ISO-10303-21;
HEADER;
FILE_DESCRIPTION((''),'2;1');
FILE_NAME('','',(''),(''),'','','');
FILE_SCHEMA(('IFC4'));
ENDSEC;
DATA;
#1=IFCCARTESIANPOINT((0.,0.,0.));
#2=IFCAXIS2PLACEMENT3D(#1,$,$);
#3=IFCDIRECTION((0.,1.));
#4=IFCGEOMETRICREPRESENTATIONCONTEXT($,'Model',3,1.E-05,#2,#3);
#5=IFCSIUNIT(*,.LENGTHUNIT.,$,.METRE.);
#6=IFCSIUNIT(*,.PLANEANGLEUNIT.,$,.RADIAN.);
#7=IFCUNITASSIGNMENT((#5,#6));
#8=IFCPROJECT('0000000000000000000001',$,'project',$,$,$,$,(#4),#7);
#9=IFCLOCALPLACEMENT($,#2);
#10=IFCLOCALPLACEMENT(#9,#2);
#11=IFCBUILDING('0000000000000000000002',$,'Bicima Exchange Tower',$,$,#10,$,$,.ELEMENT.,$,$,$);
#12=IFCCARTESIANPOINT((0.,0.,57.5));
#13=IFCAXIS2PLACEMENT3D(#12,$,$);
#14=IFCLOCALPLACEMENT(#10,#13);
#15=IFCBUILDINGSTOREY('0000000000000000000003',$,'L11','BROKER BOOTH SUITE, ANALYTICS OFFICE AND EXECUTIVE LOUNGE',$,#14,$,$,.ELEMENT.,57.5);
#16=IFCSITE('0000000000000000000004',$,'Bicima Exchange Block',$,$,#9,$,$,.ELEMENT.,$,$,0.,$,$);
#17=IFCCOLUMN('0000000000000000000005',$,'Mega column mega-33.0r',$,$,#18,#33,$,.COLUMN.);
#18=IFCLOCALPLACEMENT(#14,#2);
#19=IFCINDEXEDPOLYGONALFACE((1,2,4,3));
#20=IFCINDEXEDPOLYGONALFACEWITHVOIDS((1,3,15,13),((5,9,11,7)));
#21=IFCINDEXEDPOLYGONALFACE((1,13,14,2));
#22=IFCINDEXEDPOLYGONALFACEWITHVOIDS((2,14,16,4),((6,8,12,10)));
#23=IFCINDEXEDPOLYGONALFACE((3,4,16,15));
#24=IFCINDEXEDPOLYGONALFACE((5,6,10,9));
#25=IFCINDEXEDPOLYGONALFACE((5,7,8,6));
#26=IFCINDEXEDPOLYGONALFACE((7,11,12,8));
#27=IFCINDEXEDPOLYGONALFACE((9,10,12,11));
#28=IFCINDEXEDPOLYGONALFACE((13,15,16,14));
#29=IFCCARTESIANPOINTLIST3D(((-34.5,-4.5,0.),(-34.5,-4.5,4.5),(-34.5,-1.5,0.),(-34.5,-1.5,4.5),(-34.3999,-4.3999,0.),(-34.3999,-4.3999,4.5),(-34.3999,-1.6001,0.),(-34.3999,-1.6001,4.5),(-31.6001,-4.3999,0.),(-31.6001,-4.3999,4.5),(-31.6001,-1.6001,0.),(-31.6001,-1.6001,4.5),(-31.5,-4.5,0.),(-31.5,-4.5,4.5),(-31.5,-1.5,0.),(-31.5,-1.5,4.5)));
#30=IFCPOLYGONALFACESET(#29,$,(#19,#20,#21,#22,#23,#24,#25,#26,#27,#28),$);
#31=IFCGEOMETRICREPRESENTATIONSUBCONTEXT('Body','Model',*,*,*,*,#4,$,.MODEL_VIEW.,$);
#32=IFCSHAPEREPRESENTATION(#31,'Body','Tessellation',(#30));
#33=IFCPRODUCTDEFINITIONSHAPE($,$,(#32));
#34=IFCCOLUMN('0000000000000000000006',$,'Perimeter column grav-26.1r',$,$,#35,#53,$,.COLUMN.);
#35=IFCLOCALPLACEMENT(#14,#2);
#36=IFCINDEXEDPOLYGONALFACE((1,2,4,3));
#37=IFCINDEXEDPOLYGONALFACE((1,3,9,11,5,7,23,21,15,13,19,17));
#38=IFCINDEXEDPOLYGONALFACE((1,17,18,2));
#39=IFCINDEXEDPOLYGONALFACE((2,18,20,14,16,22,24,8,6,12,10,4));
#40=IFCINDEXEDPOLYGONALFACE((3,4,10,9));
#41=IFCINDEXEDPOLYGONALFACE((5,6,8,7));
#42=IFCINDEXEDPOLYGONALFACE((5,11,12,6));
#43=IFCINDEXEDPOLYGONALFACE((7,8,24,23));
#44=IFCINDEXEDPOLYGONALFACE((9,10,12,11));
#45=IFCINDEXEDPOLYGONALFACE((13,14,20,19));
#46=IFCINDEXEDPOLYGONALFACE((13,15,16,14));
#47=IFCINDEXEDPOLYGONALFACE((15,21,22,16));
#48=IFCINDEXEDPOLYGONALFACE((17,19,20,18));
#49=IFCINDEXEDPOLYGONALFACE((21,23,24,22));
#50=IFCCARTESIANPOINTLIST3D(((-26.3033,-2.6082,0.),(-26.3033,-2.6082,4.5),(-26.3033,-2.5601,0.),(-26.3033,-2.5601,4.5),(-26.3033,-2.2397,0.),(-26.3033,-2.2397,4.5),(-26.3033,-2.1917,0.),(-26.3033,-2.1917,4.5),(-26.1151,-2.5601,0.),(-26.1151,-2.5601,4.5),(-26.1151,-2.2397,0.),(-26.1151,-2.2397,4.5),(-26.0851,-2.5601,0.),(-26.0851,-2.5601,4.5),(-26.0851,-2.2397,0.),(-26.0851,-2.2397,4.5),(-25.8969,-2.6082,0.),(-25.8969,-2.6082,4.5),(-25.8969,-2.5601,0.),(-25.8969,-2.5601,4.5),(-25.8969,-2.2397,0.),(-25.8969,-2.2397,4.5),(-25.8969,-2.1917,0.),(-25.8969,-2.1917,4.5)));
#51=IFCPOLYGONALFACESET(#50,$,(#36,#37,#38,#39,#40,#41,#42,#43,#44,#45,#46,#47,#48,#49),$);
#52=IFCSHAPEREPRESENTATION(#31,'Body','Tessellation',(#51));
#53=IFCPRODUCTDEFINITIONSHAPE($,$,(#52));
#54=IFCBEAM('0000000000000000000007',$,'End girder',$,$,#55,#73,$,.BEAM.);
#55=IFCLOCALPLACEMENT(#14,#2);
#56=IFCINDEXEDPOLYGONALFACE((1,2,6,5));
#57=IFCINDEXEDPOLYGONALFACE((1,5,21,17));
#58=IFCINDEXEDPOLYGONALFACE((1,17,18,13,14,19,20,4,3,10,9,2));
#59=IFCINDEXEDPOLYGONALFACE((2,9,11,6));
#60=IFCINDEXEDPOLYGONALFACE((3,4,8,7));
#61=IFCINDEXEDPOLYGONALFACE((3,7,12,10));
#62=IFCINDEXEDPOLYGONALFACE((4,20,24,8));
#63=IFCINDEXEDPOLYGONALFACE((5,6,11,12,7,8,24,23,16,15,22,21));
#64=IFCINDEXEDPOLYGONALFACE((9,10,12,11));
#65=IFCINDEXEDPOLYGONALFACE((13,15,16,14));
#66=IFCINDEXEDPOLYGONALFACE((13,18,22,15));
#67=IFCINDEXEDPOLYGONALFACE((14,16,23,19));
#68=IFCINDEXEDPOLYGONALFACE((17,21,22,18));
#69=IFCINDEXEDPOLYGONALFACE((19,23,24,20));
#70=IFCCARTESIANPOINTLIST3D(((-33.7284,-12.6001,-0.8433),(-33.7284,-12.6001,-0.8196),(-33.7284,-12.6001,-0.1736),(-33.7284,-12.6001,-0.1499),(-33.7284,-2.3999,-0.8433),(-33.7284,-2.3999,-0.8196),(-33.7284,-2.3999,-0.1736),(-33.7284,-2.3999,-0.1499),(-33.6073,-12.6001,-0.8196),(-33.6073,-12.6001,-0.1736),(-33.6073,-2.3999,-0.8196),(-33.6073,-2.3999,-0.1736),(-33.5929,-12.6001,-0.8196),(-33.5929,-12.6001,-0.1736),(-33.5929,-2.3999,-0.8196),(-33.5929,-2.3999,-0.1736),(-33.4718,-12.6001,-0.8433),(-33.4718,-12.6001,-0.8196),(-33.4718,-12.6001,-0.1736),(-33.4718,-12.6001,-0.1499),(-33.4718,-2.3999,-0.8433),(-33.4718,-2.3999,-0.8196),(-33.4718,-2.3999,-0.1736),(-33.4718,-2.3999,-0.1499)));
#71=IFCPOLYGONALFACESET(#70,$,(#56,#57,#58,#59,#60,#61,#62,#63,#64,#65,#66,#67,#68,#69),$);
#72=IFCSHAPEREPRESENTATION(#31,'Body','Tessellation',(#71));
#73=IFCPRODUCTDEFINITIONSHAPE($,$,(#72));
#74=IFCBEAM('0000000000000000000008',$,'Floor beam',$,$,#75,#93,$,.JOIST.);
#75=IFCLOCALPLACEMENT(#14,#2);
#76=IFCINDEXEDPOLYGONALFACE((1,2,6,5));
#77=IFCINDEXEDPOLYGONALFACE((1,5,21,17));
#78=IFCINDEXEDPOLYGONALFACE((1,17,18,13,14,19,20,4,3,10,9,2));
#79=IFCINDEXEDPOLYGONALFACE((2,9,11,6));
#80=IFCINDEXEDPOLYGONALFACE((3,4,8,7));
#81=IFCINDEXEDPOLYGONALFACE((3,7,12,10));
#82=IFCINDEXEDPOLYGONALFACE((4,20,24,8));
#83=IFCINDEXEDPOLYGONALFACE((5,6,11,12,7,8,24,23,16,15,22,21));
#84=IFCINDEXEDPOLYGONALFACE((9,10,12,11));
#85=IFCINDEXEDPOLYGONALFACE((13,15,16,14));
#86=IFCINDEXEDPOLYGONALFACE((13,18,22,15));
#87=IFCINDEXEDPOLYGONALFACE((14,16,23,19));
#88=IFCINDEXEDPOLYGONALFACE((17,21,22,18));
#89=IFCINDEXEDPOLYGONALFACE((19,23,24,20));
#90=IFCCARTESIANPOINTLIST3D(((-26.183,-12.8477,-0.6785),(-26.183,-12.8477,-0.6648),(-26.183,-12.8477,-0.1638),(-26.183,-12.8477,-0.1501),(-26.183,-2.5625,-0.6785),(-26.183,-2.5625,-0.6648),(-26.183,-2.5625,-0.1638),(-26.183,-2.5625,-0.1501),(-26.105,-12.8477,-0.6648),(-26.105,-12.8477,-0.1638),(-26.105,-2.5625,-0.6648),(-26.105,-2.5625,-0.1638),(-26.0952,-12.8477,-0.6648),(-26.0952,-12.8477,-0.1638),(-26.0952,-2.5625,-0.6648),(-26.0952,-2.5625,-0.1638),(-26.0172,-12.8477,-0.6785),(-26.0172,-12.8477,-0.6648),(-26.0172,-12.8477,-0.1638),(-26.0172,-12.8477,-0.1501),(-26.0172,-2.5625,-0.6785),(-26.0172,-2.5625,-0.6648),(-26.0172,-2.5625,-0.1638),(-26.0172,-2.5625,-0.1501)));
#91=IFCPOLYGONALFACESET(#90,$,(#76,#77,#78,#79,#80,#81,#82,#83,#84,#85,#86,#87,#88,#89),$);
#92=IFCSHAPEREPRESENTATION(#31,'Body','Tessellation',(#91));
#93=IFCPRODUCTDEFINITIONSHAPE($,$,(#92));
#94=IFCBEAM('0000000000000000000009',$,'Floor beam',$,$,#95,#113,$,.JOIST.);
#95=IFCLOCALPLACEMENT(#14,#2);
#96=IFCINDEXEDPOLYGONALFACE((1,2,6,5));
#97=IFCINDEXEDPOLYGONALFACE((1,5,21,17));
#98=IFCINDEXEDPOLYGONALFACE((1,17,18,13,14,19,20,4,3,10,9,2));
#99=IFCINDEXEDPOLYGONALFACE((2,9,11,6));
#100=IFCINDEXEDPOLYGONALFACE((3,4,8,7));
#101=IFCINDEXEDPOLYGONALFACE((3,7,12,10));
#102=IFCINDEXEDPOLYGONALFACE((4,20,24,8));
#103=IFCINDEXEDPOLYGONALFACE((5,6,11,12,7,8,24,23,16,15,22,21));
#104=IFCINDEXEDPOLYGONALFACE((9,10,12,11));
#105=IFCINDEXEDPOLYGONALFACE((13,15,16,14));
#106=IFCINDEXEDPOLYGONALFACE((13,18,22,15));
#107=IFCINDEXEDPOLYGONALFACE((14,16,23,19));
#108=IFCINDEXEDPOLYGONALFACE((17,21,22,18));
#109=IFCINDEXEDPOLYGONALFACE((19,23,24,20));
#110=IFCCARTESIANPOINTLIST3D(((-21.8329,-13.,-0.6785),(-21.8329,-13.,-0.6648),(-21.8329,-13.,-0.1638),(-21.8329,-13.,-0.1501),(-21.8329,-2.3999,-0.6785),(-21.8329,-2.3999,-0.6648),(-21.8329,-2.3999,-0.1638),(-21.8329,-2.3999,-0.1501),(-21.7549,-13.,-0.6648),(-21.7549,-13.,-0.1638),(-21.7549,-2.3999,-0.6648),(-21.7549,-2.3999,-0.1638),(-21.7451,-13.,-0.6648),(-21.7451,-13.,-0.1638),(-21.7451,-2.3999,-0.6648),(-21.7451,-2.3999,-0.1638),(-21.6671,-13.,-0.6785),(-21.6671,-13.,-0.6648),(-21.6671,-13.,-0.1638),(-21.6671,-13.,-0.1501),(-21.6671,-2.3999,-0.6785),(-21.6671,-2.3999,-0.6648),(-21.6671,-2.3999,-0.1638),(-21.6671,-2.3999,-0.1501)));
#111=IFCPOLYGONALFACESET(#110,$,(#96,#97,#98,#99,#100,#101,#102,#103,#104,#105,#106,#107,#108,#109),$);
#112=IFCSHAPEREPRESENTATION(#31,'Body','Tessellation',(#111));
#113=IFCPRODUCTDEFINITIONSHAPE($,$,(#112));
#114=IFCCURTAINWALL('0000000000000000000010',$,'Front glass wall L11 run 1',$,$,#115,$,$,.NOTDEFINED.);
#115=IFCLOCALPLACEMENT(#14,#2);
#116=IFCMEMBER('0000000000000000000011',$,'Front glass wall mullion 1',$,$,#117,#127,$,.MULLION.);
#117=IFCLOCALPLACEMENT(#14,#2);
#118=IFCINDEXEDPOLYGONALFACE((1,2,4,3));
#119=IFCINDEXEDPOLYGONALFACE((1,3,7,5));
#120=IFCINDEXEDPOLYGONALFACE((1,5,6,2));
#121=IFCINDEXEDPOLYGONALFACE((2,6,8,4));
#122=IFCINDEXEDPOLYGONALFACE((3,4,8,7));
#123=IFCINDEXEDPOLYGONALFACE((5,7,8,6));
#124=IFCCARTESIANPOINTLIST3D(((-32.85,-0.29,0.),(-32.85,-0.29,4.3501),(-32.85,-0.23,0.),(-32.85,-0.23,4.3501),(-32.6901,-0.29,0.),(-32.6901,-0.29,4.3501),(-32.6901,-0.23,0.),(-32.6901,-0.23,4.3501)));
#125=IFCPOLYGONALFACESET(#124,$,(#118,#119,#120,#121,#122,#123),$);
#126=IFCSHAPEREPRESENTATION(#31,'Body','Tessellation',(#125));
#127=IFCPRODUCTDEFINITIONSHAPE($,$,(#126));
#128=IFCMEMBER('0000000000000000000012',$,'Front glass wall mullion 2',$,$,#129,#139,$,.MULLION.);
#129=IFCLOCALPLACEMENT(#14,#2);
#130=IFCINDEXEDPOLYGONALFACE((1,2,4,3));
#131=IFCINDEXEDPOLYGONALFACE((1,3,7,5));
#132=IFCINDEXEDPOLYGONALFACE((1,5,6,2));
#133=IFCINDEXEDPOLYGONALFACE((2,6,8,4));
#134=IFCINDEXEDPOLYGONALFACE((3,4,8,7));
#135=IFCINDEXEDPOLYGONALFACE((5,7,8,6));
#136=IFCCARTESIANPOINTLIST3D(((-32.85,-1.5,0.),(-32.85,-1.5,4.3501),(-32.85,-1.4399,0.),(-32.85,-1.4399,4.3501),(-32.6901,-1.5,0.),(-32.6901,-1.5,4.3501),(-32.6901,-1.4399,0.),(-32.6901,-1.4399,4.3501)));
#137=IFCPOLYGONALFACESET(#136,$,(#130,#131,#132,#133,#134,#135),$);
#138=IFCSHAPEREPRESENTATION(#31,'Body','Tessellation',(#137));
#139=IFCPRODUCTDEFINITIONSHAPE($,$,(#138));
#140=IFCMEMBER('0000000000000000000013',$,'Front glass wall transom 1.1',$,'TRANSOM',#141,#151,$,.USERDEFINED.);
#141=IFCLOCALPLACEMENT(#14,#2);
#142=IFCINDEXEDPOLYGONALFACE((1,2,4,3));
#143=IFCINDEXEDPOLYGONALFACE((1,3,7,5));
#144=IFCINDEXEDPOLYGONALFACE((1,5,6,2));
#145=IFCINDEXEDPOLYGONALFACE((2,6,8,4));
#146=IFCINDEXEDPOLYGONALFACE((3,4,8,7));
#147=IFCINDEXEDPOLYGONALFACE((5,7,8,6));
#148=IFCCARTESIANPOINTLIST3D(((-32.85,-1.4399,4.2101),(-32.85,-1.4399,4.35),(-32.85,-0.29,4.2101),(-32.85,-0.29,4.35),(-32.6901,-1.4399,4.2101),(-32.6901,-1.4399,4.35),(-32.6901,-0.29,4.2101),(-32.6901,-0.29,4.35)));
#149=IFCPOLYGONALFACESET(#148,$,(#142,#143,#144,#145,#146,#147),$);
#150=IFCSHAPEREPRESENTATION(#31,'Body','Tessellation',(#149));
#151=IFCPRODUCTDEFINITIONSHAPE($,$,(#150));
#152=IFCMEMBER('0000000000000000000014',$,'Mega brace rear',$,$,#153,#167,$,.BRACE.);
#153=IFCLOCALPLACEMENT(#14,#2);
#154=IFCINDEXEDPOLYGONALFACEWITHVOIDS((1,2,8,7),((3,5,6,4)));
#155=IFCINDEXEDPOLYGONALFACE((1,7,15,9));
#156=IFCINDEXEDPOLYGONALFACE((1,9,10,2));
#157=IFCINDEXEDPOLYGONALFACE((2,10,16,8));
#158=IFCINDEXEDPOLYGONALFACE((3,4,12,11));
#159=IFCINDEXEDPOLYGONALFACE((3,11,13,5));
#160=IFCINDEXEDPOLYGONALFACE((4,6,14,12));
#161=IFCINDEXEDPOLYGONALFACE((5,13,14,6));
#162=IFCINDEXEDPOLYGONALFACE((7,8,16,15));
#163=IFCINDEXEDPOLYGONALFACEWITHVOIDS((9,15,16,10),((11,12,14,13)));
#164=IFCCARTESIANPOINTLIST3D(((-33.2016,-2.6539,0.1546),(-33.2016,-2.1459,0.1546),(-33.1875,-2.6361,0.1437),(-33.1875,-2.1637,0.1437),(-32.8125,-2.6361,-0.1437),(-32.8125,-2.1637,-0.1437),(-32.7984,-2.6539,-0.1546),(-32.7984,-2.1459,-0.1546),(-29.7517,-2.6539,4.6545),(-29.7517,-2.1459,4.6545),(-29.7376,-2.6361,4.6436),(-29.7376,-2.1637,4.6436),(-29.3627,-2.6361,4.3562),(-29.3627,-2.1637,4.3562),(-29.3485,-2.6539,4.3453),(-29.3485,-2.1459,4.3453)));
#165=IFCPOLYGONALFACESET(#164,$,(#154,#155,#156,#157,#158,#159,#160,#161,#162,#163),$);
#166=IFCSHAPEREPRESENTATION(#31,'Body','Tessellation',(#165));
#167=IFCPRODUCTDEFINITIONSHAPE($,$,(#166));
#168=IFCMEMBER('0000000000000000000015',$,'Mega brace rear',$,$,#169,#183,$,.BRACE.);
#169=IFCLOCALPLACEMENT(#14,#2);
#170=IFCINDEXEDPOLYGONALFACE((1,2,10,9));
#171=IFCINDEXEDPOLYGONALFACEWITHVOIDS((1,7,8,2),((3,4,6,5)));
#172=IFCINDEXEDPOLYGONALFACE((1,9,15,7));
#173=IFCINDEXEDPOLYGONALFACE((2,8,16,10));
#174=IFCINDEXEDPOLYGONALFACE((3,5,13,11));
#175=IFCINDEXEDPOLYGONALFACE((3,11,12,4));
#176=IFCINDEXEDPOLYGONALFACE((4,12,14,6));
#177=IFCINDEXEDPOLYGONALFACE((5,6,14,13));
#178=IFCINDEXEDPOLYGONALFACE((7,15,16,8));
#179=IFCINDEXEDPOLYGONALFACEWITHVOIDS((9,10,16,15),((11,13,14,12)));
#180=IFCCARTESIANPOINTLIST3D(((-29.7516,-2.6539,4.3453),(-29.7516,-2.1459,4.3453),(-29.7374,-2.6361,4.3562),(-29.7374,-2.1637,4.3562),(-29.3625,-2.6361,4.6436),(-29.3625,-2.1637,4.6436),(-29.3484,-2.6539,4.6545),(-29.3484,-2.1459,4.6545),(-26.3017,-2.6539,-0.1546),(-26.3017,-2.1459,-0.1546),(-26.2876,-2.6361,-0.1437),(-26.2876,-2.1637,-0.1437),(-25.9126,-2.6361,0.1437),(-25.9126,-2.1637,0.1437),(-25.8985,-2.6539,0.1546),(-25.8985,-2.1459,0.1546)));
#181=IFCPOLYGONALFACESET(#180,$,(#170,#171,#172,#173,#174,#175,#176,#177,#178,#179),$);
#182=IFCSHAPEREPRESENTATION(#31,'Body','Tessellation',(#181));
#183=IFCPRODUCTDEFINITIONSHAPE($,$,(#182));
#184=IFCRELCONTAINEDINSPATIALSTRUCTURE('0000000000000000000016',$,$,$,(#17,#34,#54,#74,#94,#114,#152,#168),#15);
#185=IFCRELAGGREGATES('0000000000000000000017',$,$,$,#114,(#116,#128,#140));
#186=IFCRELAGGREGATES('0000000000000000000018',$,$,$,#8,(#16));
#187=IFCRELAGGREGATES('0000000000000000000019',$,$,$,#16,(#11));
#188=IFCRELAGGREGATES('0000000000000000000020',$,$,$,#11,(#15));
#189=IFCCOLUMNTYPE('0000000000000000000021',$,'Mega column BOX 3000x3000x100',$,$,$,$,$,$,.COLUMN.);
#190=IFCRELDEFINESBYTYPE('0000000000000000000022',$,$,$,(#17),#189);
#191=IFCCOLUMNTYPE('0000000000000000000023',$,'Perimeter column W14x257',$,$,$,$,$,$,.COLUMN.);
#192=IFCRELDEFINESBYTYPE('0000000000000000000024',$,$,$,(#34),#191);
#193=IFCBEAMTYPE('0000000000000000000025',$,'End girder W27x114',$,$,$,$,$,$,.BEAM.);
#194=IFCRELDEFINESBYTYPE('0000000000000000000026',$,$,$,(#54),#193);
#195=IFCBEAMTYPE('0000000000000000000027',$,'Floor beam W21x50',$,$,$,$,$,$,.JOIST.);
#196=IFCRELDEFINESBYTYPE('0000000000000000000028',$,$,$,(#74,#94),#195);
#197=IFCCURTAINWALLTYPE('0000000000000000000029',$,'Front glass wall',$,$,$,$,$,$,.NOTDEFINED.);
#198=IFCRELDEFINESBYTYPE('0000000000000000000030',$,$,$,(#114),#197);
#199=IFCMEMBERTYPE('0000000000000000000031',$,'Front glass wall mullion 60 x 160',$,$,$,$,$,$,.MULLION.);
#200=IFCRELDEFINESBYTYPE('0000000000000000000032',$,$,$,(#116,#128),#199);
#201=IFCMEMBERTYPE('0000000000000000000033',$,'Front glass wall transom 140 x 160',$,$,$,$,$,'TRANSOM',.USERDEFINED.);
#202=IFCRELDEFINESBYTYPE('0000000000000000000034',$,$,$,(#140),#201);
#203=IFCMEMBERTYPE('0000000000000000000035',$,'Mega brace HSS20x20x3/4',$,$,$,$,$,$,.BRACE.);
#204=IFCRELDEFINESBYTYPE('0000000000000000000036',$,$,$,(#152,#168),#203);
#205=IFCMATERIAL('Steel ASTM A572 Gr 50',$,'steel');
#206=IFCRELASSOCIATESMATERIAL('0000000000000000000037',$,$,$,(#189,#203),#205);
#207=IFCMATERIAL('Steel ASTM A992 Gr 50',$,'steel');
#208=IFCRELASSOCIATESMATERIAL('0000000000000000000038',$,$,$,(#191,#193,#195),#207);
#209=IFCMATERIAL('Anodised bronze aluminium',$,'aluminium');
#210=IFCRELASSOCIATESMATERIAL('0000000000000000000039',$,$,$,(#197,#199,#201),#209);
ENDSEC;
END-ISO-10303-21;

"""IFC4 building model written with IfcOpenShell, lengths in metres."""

from ifc_helpers import new_model, si_unit, direction, frame, origin, origin_2d, place, context, subcontext, project, spatial, rectangle, hollow_rectangle, i_section, extrude, material, material_profile, profile_set, type_object, element, aggregate, save


model = new_model("IFC4")

# Units and contexts
model_context = context("Model", 3, precision=1e-05, world=origin(), true_north=direction((0.0, 1.0)))
body_context = subcontext(model_context, "Body", "Model", "MODEL_VIEW")
ifc_project = project(units=[si_unit("LENGTHUNIT", "METRE"), si_unit("PLANEANGLEUNIT", "RADIAN")], contexts=[model_context])

# Site, building, storey
site_placement = place(None, origin())
site = spatial("IfcSite", under=ifc_project, at=site_placement, Name="Bicima Exchange Block", CompositionType="ELEMENT", RefElevation=0.0)
building_placement = place(site_placement, origin())
building = spatial("IfcBuilding", under=site, at=building_placement, Name="Bicima Exchange Tower", CompositionType="ELEMENT")
storey_placement = place(building_placement, frame((0.0, 0.0, 57.5)))
storey = spatial("IfcBuildingStorey", under=building, at=storey_placement, Name="L11", Description="BROKER BOOTH SUITE, ANALYTICS OFFICE AND EXECUTIVE LOUNGE", CompositionType="ELEMENT", Elevation=57.5)

# Columns
ifc_material_1 = material(Name="Steel ASTM A572 Gr 50", Category="steel")
ifc_material_profile_1 = material_profile(ifc_material_1, hollow_rectangle(XDim=3.0, YDim=3.0, WallThickness=0.1001, at=origin_2d()))
ifc_profile_set_1 = profile_set([ifc_material_profile_1], Name="Steel ASTM A572 Gr 50")
column_type_1 = type_object("IfcColumnType", Name="Mega column BOX 3000x3000x100", PredefinedType="COLUMN", material=ifc_profile_set_1)
column_1_placement = place(storey_placement, frame((-33.0, -3.0, 0.0), z_axis=(0.0, 0.0, 1.0), x_axis=(1.0, 0.0, 0.0)))
element("IfcColumn", 1, at=column_1_placement, inside=storey, type_object=column_type_1, Name="Mega column mega-33.0r", PredefinedType="COLUMN", context=body_context, shape_type="SweptSolid", body=[
    extrude(hollow_rectangle(XDim=3.0, YDim=3.0, WallThickness=0.1001, at=origin_2d()), origin(), (0.0, 0.0, 1.0), 4.5),
])
ifc_material_2 = material(Name="Steel ASTM A992 Gr 50", Category="steel")
ifc_material_profile_2 = material_profile(ifc_material_2, i_section(OverallWidth=0.4065, OverallDepth=0.4165, WebThickness=0.03, FlangeThickness=0.0481, at=origin_2d()))
ifc_profile_set_2 = profile_set([ifc_material_profile_2], Name="Steel ASTM A992 Gr 50")
column_type_2 = type_object("IfcColumnType", Name="Perimeter column W14x257", PredefinedType="COLUMN", material=ifc_profile_set_2)
column_2_placement = place(storey_placement, frame((-26.1001, -2.3999, 0.0), z_axis=(0.0, 0.0, 1.0), x_axis=(1.0, 0.0, 0.0)))
element("IfcColumn", 2, at=column_2_placement, inside=storey, type_object=column_type_2, Name="Perimeter column grav-26.1r", PredefinedType="COLUMN", context=body_context, shape_type="SweptSolid", body=[
    extrude(i_section(OverallWidth=0.4065, OverallDepth=0.4165, WebThickness=0.03, FlangeThickness=0.0481, at=origin_2d()), origin(), (0.0, 0.0, 1.0), 4.5),
])

# Beams
ifc_material_profile_3 = material_profile(ifc_material_2, i_section(OverallWidth=0.2566, OverallDepth=0.6934, WebThickness=0.0144, FlangeThickness=0.0237, at=origin_2d()))
ifc_profile_set_3 = profile_set([ifc_material_profile_3], Name="Steel ASTM A992 Gr 50")
beam_type_1 = type_object("IfcBeamType", Name="End girder W27x114", PredefinedType="BEAM", material=ifc_profile_set_3)
beam_1_placement = place(storey_placement, frame((-33.6001, -2.3999, -0.4966), z_axis=(0.0, -1.0, 0.0), x_axis=(1.0, 0.0, 0.0)))
element("IfcBeam", 3, at=beam_1_placement, inside=storey, type_object=beam_type_1, Name="End girder", PredefinedType="BEAM", context=body_context, shape_type="SweptSolid", body=[
    extrude(i_section(OverallWidth=0.2566, OverallDepth=0.6934, WebThickness=0.0144, FlangeThickness=0.0237, at=origin_2d()), origin(), (0.0, 0.0, 1.0), 10.2002),
])
ifc_material_profile_4 = material_profile(ifc_material_2, i_section(OverallWidth=0.1658, OverallDepth=0.5283, WebThickness=0.0098, FlangeThickness=0.0137, at=origin_2d()))
ifc_profile_set_4 = profile_set([ifc_material_profile_4], Name="Steel ASTM A992 Gr 50")
beam_type_2 = type_object("IfcBeamType", Name="Floor beam W21x50", PredefinedType="JOIST", material=ifc_profile_set_4)
beam_2_placement = place(storey_placement, frame((-26.1001, -2.5625, -0.4143), z_axis=(0.0, -1.0, 0.0), x_axis=(1.0, 0.0, 0.0)))
element("IfcBeam", 4, at=beam_2_placement, inside=storey, type_object=beam_type_2, Name="Floor beam", PredefinedType="JOIST", context=body_context, shape_type="SweptSolid", body=[
    extrude(i_section(OverallWidth=0.1658, OverallDepth=0.5283, WebThickness=0.0098, FlangeThickness=0.0137, at=origin_2d()), origin(), (0.0, 0.0, 1.0), 10.2852),
])
beam_3_placement = place(storey_placement, frame((-21.75, -2.3999, -0.4143), z_axis=(0.0, -1.0, 0.0), x_axis=(1.0, 0.0, 0.0)))
element("IfcBeam", 5, at=beam_3_placement, inside=storey, type_object=beam_type_2, Name="Floor beam", PredefinedType="JOIST", context=body_context, shape_type="SweptSolid", body=[
    extrude(i_section(OverallWidth=0.1658, OverallDepth=0.5283, WebThickness=0.0098, FlangeThickness=0.0137, at=origin_2d()), origin(), (0.0, 0.0, 1.0), 10.6001),
])

# Curtain wall, members
ifc_material_3 = material(Name="Anodised bronze aluminium", Category="aluminium")
curtain_wall_type = type_object("IfcCurtainWallType", Name="Front glass wall", PredefinedType="NOTDEFINED", material=ifc_material_3)
curtain_wall_placement = place(storey_placement, origin())
curtain_wall = element("IfcCurtainWall", 6, at=curtain_wall_placement, inside=storey, type_object=curtain_wall_type, Name="Front glass wall L11 run 1", PredefinedType="NOTDEFINED")
ifc_material_profile_5 = material_profile(ifc_material_3, rectangle(XDim=0.1599, YDim=0.0601, at=origin_2d()))
ifc_profile_set_5 = profile_set([ifc_material_profile_5], Name="Anodised bronze aluminium")
member_type_1 = type_object("IfcMemberType", Name="Front glass wall mullion 60 x 160", PredefinedType="MULLION", material=ifc_profile_set_5)
member_1_placement = place(storey_placement, frame((-32.77, -0.26, 0.0), z_axis=(0.0, 0.0, 1.0), x_axis=(1.0, 0.0, 0.0)))
member_1 = element("IfcMember", 7, at=member_1_placement, type_object=member_type_1, Name="Front glass wall mullion 1", PredefinedType="MULLION", context=body_context, shape_type="SweptSolid", body=[
    extrude(rectangle(XDim=0.1599, YDim=0.0601, at=origin_2d()), origin(), (0.0, 0.0, 1.0), 4.3501),
])
member_2_placement = place(storey_placement, frame((-32.77, -1.47, 0.0), z_axis=(0.0, 0.0, 1.0), x_axis=(1.0, 0.0, 0.0)))
member_2 = element("IfcMember", 8, at=member_2_placement, type_object=member_type_1, Name="Front glass wall mullion 2", PredefinedType="MULLION", context=body_context, shape_type="SweptSolid", body=[
    extrude(rectangle(XDim=0.1599, YDim=0.0601, at=origin_2d()), origin(), (0.0, 0.0, 1.0), 4.3501),
])
ifc_material_profile_6 = material_profile(ifc_material_3, rectangle(XDim=0.1599, YDim=0.1399, at=origin_2d()))
ifc_profile_set_6 = profile_set([ifc_material_profile_6], Name="Anodised bronze aluminium")
member_type_2 = type_object("IfcMemberType", Name="Front glass wall transom 140 x 160", ElementType="TRANSOM", PredefinedType="USERDEFINED", material=ifc_profile_set_6)
member_3_placement = place(storey_placement, frame((-32.77, -0.29, 4.28), z_axis=(0.0, -1.0, 0.0), x_axis=(1.0, 0.0, 0.0)))
member_3 = element("IfcMember", 9, at=member_3_placement, type_object=member_type_2, Name="Front glass wall transom 1.1", ObjectType="TRANSOM", PredefinedType="USERDEFINED", context=body_context, shape_type="SweptSolid", body=[
    extrude(rectangle(XDim=0.1599, YDim=0.1399, at=origin_2d()), origin(), (0.0, 0.0, 1.0), 1.1499),
])

# Members
ifc_material_profile_7 = material_profile(ifc_material_1, hollow_rectangle(XDim=0.5081, YDim=0.5081, WallThickness=0.0178, at=origin_2d()))
ifc_profile_set_7 = profile_set([ifc_material_profile_7], Name="Steel ASTM A572 Gr 50")
member_type_3 = type_object("IfcMemberType", Name="Mega brace HSS20x20x3/4", PredefinedType="BRACE", material=ifc_profile_set_7)
for number, where, z_axis, x_axis, name in (
    (10, (-33.0, -2.3999, 0.0), (0.608426, 0.0, 0.793611), (0.0, 1.0, 0.0), "Mega brace rear"),
    (11, (-26.1001, -2.3999, 0.0), (-0.608426, 0.0, 0.793611), (0.0, -1.0, 0.0), "Mega brace rear"),
):
    element("IfcMember", number, at=place(storey_placement, frame(where, z_axis=z_axis, x_axis=x_axis)), inside=storey, type_object=member_type_3, Name=name, PredefinedType="BRACE", context=body_context, shape_type="SweptSolid", body=[
        extrude(hollow_rectangle(XDim=0.5081, YDim=0.5081, WallThickness=0.0178, at=origin_2d()), origin(), (0.0, 0.0, 1.0), 5.6702),
    ])

aggregate(curtain_wall, [member_1, member_2, member_3])

save(model, "model.ifc")
